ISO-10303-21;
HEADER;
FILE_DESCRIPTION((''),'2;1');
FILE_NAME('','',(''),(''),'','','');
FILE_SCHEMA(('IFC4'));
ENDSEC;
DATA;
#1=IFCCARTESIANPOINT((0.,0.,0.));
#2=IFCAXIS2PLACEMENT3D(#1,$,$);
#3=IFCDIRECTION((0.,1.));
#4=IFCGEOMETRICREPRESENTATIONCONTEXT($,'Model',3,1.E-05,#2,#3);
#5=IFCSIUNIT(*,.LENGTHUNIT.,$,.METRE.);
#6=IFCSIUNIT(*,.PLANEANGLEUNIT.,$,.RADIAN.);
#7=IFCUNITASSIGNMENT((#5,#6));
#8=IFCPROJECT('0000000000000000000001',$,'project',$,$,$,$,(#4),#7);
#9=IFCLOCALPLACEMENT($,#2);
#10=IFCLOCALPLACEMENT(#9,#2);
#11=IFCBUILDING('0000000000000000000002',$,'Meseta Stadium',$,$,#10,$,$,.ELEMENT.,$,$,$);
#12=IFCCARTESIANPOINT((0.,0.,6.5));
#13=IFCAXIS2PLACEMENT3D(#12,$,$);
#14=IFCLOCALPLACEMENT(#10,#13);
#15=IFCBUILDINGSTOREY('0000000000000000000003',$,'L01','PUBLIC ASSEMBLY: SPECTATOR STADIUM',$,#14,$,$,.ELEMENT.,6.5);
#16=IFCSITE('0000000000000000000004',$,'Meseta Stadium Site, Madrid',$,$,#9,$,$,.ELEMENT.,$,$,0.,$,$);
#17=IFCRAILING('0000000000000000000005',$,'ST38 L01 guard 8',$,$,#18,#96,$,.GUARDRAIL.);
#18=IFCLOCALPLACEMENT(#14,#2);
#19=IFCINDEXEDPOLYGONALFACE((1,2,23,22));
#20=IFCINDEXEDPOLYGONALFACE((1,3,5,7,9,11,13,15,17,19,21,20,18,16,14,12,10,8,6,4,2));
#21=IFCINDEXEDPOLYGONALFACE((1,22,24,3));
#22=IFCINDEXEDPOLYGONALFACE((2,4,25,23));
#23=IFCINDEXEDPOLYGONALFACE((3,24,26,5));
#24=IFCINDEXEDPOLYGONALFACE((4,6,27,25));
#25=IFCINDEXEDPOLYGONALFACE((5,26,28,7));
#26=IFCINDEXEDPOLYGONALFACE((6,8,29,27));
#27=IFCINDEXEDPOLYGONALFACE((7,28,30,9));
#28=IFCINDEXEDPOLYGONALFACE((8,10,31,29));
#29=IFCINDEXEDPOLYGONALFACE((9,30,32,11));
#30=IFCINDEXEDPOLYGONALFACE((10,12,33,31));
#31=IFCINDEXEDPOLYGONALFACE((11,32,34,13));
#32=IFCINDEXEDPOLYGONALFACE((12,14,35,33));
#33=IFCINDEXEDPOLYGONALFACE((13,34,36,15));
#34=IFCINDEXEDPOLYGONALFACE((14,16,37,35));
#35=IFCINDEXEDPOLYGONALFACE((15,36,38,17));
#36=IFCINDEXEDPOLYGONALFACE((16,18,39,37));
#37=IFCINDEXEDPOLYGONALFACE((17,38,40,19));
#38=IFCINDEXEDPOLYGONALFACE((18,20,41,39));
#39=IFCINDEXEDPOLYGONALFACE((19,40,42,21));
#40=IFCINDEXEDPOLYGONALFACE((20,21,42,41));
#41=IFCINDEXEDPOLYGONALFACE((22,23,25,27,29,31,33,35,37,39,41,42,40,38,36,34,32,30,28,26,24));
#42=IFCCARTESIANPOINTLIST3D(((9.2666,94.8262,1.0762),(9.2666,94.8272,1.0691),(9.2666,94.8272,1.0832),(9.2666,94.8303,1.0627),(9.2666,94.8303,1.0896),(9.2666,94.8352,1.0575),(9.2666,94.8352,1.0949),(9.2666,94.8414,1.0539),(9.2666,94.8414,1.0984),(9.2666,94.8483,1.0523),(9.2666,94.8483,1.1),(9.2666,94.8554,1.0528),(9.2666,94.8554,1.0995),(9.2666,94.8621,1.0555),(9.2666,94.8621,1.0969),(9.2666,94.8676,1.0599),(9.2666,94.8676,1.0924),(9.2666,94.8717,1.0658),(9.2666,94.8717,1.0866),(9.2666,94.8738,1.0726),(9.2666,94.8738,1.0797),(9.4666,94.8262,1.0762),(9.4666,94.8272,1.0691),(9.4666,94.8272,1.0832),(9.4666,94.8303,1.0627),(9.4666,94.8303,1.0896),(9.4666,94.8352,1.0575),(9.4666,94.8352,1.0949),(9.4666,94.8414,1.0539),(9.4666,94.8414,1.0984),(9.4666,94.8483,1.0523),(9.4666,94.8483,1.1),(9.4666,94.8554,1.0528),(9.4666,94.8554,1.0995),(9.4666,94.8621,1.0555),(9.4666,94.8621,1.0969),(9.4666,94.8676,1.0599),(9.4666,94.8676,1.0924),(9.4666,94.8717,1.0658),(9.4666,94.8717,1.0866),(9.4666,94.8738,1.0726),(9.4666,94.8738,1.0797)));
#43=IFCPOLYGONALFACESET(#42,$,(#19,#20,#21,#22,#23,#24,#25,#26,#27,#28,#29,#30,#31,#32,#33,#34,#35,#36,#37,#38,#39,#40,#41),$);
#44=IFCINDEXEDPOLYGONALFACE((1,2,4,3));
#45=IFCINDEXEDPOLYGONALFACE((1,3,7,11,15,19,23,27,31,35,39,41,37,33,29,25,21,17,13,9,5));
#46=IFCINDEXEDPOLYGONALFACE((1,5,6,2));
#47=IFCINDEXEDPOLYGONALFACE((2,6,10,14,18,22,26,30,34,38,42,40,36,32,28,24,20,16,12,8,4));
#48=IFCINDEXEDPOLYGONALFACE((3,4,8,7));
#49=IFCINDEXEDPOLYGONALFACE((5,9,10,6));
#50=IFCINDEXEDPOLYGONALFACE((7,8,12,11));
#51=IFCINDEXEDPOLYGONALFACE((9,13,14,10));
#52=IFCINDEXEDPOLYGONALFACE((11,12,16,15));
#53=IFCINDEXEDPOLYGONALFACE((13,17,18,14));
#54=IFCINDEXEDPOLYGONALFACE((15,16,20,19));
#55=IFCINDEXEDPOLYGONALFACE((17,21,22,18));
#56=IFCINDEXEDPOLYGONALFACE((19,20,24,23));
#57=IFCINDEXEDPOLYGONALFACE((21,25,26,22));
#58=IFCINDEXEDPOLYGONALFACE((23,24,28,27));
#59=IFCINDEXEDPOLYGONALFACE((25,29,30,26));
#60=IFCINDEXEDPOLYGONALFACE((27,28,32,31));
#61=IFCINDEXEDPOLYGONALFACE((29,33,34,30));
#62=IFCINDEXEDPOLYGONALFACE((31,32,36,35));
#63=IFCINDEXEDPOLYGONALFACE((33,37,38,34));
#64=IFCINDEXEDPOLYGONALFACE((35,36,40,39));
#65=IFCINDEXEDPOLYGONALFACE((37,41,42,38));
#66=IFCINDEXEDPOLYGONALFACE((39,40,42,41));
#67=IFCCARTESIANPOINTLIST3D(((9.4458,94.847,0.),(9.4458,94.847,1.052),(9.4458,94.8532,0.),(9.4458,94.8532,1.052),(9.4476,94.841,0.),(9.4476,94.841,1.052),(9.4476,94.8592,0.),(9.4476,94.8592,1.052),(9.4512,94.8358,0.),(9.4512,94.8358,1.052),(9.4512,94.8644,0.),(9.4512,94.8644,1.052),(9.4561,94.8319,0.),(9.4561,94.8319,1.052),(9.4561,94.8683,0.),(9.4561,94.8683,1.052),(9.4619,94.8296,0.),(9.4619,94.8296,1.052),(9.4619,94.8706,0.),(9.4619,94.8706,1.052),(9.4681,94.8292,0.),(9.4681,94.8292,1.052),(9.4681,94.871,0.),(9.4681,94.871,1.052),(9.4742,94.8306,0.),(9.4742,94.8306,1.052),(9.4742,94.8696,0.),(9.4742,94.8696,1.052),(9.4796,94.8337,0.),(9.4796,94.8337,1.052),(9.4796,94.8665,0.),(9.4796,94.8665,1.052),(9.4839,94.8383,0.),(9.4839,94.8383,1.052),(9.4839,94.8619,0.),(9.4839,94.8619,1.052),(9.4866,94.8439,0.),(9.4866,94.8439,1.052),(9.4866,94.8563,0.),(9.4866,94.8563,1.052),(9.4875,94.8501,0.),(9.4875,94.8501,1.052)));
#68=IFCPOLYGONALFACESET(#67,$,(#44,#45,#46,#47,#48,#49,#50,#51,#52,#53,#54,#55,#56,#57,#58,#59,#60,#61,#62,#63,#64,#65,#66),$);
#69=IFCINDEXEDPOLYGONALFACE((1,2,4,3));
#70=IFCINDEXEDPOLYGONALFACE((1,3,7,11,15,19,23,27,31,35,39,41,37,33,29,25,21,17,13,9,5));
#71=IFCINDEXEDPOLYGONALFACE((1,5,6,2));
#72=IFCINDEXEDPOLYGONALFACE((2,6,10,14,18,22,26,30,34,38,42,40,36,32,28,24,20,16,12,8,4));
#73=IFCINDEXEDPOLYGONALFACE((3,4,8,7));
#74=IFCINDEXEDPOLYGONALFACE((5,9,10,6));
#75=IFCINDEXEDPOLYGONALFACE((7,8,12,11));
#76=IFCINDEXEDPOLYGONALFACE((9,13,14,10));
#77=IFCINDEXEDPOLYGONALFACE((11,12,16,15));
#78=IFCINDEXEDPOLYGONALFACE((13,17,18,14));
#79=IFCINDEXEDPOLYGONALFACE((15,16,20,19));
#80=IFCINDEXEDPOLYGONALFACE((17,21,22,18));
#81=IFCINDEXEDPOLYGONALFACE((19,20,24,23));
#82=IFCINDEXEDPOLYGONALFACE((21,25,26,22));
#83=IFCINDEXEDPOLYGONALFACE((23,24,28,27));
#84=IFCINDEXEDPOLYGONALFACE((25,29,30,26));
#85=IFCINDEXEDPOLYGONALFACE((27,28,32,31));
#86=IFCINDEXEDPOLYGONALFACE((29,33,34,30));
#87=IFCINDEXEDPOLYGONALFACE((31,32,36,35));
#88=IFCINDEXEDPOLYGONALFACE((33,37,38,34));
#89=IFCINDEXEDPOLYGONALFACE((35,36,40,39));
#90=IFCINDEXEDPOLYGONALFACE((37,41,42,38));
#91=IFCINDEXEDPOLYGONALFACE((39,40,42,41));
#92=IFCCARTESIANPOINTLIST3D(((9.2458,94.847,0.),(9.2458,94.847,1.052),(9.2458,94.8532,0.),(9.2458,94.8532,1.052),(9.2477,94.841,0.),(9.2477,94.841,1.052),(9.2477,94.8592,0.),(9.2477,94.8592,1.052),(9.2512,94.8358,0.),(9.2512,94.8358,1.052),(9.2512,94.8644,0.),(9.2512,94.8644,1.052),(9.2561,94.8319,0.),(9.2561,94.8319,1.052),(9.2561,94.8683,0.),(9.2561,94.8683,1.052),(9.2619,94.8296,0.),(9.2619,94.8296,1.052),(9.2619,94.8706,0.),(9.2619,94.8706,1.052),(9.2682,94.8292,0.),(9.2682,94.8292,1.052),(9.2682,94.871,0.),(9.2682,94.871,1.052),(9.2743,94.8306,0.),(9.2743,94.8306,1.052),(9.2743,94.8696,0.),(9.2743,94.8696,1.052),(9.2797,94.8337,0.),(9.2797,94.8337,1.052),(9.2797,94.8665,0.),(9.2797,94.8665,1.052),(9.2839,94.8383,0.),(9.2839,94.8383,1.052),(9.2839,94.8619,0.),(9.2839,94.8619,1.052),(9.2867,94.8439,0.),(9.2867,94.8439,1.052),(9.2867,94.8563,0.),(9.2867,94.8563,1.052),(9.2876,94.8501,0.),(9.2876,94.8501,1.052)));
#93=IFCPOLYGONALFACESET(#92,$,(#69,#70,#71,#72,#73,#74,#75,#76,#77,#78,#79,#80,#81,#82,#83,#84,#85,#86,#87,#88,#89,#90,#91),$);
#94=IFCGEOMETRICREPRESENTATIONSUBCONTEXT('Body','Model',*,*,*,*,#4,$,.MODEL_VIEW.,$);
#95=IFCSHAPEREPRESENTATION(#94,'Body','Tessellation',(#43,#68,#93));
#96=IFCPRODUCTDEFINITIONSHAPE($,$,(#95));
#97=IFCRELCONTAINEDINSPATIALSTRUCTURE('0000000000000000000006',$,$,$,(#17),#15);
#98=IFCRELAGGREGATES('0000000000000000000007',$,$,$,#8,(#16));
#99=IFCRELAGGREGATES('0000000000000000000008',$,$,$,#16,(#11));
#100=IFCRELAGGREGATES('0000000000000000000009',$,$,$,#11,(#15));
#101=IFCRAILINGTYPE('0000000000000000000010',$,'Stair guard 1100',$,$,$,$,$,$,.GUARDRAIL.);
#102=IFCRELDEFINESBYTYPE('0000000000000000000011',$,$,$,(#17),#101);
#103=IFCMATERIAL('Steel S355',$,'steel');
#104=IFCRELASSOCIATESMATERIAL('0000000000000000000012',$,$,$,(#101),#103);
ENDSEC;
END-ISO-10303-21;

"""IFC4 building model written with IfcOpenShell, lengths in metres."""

from ifc_helpers import new_model, si_unit, direction, frame, origin, origin_2d, place, context, subcontext, project, spatial, circle, extrude, material, type_object, element, save


model = new_model("IFC4")

# Units and contexts
model_context = context("Model", 3, precision=1e-05, world=origin(), true_north=direction((0.0, 1.0)))
body_context = subcontext(model_context, "Body", "Model", "MODEL_VIEW")
ifc_project = project(units=[si_unit("LENGTHUNIT", "METRE"), si_unit("PLANEANGLEUNIT", "RADIAN")], contexts=[model_context])

# Site, building, storey
site_placement = place(None, origin())
site = spatial("IfcSite", under=ifc_project, at=site_placement, Name="Meseta Stadium Site, Madrid", CompositionType="ELEMENT", RefElevation=0.0)
building_placement = place(site_placement, origin())
building = spatial("IfcBuilding", under=site, at=building_placement, Name="Meseta Stadium", CompositionType="ELEMENT")
storey_placement = place(building_placement, frame((0.0, 0.0, 6.5)))
storey = spatial("IfcBuildingStorey", under=building, at=storey_placement, Name="L01", Description="PUBLIC ASSEMBLY: SPECTATOR STADIUM", CompositionType="ELEMENT", Elevation=6.5)

# Railing
ifc_material_1 = material(Name="Steel S355", Category="steel")
railing_type_1 = type_object("IfcRailingType", Name="Stair guard 1100", PredefinedType="GUARDRAIL", material=ifc_material_1)
railing_1_placement = place(storey_placement, frame((9.4666, 94.8501, 0.0)))
element("IfcRailing", 1, at=railing_1_placement, inside=storey, type_object=railing_type_1, Name="ST38 L01 guard 8", PredefinedType="GUARDRAIL", context=body_context, shape_type="SweptSolid", body=[
    extrude(circle(Radius=0.0239, at=origin_2d()), frame((0.0, 0.0, 1.0762), z_axis=(-1.0, 0.0, 0.0), x_axis=(0.0, -1.0, 0.0)), (0.0, 0.0, 1.0), 0.2),
    extrude(circle(Radius=0.021, at=origin_2d()), origin(), (0.0, 0.0, 1.0), 1.052),
    extrude(circle(Radius=0.021, at=origin_2d()), frame((-0.2, 0.0, 0.0)), (0.0, 0.0, 1.0), 1.052),
])

save(model, "model.ifc")
